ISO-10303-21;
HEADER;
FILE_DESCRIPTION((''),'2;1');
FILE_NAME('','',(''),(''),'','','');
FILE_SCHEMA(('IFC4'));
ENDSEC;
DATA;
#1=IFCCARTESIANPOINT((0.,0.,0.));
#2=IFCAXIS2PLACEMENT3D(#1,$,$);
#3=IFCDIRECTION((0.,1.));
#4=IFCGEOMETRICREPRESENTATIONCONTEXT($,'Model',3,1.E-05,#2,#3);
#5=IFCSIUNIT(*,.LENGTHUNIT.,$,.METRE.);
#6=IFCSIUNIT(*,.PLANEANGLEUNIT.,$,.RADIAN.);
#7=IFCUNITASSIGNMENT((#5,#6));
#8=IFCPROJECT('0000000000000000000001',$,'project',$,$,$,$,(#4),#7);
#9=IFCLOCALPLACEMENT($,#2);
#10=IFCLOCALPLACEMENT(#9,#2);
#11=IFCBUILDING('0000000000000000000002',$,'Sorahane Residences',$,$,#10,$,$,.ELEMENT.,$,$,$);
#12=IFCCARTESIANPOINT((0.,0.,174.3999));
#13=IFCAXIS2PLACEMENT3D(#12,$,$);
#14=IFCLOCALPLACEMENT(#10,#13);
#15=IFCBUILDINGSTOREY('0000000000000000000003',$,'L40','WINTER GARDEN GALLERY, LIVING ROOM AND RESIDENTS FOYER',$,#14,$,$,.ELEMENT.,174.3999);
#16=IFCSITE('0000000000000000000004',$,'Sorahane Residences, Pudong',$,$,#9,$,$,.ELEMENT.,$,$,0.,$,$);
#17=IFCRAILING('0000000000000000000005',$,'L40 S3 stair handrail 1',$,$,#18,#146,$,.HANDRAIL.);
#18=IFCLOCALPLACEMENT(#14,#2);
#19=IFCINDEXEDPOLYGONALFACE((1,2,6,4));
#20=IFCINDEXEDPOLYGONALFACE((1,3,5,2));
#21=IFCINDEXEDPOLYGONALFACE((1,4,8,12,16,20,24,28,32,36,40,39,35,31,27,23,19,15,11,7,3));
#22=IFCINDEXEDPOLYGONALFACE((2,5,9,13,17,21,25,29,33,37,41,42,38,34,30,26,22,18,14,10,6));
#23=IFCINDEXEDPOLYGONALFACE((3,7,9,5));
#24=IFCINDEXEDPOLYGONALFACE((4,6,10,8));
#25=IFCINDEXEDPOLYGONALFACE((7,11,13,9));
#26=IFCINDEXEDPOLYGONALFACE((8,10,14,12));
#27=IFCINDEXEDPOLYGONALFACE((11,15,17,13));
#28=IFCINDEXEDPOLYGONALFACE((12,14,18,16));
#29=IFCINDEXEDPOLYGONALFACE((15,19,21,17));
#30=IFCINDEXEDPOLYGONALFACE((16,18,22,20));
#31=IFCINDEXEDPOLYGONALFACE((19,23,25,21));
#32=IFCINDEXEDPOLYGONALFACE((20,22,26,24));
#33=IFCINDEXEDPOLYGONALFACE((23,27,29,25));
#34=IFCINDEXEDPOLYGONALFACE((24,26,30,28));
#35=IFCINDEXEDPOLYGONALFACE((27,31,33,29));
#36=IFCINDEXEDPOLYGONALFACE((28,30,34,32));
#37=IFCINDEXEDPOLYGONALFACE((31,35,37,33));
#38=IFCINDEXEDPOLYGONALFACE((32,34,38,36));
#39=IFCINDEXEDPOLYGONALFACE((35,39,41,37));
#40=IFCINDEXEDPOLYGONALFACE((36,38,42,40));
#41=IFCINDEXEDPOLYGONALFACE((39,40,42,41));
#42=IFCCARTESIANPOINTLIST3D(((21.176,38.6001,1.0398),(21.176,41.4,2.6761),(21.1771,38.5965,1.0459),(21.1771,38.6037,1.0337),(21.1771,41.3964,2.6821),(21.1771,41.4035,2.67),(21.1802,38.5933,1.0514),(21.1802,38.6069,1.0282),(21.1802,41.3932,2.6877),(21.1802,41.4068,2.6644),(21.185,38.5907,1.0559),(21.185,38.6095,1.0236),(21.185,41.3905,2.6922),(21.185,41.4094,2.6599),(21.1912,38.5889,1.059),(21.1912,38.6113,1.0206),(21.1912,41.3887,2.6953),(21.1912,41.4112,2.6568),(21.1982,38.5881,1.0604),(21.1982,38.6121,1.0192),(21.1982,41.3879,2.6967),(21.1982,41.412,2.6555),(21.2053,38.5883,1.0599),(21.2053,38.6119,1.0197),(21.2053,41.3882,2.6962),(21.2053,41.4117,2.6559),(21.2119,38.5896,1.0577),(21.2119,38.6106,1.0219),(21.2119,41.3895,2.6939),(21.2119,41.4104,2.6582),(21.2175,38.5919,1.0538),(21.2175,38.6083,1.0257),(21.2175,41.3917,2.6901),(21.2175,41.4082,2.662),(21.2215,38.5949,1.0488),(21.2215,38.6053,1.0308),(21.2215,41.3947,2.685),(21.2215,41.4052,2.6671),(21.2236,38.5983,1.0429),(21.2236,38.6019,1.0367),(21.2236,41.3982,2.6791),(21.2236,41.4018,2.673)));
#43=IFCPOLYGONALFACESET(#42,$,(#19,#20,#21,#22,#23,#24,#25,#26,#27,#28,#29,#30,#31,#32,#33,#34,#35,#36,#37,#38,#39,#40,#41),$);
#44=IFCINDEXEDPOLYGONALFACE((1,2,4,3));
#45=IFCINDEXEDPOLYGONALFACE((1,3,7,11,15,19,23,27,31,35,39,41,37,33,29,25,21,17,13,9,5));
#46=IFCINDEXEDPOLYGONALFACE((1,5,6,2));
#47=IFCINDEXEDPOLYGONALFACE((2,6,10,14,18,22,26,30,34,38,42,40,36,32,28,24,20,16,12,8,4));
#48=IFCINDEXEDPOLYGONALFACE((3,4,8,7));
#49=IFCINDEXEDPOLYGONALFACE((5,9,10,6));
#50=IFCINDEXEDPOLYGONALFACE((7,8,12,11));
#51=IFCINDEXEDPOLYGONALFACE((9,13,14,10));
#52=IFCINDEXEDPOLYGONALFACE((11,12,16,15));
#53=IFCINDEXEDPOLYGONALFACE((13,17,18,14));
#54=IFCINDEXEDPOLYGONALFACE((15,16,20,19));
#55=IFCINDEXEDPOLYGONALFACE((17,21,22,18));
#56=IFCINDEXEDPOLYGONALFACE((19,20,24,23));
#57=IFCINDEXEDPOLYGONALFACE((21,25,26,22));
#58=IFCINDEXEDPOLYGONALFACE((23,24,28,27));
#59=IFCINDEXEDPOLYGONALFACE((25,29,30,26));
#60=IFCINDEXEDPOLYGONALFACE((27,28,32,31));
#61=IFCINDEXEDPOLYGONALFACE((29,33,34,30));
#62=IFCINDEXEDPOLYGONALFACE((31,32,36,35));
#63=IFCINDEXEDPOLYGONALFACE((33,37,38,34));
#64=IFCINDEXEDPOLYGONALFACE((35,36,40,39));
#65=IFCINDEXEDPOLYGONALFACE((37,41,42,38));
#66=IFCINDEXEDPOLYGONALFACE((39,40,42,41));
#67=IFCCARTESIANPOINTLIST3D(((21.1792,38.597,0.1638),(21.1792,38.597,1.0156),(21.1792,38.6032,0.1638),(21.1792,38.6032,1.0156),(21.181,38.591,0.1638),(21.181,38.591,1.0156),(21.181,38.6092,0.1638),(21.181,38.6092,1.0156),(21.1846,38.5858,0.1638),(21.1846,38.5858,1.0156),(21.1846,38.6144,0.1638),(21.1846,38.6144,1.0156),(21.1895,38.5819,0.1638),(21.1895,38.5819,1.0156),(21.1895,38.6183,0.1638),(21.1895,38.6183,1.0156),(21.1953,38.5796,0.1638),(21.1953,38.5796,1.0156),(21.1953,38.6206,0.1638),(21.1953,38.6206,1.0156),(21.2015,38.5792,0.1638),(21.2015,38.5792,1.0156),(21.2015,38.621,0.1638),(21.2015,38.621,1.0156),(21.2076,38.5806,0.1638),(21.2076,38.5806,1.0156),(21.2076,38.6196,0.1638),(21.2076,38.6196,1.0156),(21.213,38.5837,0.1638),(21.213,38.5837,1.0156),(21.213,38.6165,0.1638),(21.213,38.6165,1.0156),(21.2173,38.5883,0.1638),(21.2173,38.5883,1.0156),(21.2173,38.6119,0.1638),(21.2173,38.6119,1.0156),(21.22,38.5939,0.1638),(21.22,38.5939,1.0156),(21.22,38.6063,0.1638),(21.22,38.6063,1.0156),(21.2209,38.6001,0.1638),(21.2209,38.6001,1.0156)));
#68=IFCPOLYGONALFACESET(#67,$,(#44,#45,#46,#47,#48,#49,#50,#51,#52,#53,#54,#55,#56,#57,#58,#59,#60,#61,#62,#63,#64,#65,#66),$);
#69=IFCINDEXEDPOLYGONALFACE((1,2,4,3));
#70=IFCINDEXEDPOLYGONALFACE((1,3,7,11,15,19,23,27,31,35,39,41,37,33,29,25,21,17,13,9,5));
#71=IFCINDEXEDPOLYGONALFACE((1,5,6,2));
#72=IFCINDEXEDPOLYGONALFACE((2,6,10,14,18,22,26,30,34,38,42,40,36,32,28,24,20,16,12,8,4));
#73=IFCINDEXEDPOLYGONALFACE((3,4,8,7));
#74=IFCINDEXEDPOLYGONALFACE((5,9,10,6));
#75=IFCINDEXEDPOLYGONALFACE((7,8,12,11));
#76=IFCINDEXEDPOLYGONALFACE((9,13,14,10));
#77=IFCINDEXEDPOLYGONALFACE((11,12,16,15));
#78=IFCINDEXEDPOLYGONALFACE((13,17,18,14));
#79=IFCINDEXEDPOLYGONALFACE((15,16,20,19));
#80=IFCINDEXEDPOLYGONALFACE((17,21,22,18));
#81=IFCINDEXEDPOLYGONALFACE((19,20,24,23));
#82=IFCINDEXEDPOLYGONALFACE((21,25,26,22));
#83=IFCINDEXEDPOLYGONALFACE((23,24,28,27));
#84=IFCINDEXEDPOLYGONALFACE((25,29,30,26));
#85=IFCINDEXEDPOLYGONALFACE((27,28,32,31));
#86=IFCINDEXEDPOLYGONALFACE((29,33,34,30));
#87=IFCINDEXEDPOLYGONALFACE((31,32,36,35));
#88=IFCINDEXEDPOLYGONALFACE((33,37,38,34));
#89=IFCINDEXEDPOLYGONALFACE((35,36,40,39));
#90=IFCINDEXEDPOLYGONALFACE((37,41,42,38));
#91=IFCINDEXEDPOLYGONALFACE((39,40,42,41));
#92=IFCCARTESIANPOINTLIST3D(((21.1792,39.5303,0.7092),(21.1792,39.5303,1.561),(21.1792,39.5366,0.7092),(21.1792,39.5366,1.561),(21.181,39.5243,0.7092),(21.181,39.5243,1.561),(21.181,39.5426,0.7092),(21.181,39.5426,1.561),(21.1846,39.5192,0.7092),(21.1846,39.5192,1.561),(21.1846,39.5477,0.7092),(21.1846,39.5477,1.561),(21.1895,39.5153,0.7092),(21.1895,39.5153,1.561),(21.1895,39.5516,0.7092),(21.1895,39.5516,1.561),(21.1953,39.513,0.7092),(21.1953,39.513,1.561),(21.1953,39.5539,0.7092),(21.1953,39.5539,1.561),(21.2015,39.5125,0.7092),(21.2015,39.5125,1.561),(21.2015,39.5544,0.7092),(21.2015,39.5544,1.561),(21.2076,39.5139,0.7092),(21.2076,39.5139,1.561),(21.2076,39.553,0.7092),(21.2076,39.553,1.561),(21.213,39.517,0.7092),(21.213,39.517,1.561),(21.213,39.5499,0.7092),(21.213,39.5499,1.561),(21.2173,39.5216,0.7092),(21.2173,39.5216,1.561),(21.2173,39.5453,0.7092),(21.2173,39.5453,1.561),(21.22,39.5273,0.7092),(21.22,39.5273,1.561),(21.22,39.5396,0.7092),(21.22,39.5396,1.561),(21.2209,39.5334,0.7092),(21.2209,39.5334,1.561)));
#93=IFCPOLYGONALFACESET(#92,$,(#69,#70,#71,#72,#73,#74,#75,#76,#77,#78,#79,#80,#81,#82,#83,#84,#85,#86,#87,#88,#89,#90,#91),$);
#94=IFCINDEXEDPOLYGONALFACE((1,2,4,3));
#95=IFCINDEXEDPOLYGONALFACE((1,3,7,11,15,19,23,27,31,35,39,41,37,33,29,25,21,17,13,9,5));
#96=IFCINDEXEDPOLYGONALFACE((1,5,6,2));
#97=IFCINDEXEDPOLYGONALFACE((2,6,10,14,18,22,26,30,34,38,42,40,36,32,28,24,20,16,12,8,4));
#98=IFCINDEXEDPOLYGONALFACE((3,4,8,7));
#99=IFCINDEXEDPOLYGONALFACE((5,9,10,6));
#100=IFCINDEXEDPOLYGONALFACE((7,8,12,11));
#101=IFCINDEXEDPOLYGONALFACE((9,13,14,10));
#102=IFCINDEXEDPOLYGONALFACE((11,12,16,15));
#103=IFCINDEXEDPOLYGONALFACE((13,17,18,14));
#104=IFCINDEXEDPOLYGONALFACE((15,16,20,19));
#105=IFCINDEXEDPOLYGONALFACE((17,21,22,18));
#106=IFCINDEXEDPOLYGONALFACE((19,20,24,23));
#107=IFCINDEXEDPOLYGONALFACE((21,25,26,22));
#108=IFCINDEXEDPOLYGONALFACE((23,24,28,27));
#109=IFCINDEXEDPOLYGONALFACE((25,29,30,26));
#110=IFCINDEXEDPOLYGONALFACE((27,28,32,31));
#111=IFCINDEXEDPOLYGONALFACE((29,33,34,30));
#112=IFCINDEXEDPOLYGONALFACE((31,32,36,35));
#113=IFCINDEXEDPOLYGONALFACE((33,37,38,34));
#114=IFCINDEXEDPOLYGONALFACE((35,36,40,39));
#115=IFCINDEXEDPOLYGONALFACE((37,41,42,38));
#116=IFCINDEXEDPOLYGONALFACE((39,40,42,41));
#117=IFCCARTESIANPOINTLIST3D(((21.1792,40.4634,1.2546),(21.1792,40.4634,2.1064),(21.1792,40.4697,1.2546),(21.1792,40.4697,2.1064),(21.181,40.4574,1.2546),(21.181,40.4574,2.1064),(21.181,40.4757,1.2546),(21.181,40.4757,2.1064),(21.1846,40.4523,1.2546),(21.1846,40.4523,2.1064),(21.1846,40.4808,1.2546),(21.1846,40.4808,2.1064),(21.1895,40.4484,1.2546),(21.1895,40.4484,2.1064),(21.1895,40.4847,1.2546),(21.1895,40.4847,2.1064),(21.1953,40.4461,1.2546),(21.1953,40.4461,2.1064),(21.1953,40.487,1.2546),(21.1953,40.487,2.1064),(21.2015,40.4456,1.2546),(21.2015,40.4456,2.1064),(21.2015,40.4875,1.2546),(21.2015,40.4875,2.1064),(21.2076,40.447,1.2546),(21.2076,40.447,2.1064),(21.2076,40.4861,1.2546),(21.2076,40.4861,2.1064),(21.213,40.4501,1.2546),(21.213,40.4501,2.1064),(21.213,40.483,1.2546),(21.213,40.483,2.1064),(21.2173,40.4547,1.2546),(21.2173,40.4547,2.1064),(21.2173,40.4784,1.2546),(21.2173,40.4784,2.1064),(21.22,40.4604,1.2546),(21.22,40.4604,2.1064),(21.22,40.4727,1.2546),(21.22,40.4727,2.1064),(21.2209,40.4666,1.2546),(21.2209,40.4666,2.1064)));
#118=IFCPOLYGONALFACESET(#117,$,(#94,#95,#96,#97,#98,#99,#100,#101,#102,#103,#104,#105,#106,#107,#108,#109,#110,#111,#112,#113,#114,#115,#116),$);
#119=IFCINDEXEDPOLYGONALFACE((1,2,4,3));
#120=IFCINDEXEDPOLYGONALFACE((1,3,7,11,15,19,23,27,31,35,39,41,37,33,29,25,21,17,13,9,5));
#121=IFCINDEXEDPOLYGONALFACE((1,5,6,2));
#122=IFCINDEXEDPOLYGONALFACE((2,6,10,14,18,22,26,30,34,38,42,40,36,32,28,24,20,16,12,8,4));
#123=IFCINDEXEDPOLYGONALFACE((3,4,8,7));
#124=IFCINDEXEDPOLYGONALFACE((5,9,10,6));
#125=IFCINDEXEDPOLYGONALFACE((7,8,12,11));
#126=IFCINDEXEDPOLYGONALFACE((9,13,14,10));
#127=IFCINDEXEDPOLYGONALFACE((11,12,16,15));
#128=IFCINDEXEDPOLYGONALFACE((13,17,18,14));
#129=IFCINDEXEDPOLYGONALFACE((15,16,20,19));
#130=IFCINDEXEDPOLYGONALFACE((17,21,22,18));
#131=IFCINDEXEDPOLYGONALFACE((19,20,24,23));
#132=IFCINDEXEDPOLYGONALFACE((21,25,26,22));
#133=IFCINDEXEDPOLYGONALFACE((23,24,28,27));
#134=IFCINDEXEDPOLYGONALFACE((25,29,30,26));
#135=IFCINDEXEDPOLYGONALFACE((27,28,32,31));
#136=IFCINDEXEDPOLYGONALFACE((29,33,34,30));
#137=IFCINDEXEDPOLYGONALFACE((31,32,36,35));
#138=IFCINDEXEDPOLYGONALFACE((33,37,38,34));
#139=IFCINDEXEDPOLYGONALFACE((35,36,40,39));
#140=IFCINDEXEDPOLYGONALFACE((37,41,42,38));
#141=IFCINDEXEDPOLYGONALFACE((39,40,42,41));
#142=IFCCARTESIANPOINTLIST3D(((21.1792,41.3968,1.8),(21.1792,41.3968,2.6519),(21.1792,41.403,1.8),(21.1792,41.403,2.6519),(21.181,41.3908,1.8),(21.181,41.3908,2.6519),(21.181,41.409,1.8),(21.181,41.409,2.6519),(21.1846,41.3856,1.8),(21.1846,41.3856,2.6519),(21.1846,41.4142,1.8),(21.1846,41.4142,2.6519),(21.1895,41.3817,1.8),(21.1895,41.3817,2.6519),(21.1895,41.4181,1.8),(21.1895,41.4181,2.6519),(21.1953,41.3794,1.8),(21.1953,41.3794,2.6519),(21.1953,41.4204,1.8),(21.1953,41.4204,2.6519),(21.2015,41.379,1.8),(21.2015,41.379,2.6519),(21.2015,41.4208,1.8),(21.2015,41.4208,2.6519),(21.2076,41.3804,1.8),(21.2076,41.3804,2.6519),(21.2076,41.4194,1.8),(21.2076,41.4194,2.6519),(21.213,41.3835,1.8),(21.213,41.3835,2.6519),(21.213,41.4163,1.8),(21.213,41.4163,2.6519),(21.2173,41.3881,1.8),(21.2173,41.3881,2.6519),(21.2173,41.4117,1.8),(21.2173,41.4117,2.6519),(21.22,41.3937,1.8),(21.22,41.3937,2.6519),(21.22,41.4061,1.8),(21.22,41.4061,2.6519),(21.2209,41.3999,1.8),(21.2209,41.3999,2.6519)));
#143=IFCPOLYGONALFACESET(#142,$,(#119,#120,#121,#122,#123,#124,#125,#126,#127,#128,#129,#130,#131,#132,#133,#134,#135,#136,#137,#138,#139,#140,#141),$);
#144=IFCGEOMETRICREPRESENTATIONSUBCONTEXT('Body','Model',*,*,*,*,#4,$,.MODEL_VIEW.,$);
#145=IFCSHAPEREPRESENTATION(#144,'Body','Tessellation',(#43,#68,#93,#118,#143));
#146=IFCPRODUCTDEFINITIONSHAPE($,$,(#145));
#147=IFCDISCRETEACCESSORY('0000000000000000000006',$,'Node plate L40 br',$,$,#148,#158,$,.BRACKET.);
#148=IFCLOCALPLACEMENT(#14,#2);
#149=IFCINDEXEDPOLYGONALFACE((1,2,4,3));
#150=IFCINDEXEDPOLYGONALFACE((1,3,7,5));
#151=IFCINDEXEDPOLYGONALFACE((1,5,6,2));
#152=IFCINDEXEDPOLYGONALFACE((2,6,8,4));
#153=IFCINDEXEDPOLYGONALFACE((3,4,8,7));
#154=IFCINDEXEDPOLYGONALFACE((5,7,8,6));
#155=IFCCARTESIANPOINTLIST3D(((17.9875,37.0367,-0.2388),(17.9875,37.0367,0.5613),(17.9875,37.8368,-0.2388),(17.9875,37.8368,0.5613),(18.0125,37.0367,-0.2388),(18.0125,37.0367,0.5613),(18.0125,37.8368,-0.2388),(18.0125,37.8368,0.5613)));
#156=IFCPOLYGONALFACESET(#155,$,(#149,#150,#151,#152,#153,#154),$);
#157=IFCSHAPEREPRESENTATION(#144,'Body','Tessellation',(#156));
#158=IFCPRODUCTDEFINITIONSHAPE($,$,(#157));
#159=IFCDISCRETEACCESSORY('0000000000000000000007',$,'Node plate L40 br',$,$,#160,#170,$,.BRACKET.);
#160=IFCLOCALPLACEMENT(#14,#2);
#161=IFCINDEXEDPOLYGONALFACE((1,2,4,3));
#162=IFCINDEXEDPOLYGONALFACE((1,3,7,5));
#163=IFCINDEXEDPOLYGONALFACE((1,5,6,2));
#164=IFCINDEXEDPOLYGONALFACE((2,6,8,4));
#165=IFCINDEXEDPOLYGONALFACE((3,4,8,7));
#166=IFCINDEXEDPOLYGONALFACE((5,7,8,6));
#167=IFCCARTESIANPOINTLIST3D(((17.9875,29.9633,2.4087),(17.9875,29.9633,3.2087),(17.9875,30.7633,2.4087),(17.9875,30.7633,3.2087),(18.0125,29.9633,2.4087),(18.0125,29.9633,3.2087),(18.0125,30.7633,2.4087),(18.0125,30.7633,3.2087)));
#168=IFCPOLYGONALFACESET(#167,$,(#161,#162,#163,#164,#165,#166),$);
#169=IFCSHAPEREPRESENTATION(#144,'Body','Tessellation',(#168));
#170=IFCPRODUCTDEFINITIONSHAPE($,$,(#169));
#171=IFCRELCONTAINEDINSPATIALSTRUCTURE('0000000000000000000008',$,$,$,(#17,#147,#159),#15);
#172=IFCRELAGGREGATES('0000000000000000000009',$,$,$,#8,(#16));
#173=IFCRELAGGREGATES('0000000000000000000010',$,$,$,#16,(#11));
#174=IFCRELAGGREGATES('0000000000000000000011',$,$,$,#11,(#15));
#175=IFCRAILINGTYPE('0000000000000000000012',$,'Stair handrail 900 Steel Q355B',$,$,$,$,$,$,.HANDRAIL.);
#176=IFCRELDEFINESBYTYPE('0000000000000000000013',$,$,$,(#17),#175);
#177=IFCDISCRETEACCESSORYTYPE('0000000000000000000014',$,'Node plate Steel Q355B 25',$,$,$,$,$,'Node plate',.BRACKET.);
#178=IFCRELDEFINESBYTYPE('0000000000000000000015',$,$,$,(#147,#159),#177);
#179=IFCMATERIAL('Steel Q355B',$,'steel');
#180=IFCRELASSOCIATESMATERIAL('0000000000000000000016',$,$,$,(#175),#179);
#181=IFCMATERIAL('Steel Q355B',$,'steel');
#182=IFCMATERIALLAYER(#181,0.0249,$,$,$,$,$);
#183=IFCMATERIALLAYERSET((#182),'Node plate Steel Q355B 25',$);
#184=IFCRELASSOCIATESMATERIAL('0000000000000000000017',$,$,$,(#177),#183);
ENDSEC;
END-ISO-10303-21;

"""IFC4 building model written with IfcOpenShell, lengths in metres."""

from ifc_helpers import new_model, si_unit, direction, frame, origin, origin_2d, place, context, subcontext, project, spatial, rectangle, circle, extrude, material, layer, layer_set, type_object, element, save


model = new_model("IFC4")

# Units and contexts
model_context = context("Model", 3, precision=1e-05, world=origin(), true_north=direction((0.0, 1.0)))
body_context = subcontext(model_context, "Body", "Model", "MODEL_VIEW")
ifc_project = project(units=[si_unit("LENGTHUNIT", "METRE"), si_unit("PLANEANGLEUNIT", "RADIAN")], contexts=[model_context])

# Site, building, storey
site_placement = place(None, origin())
site = spatial("IfcSite", under=ifc_project, at=site_placement, Name="Sorahane Residences, Pudong", CompositionType="ELEMENT", RefElevation=0.0)
building_placement = place(site_placement, origin())
building = spatial("IfcBuilding", under=site, at=building_placement, Name="Sorahane Residences", CompositionType="ELEMENT")
storey_placement = place(building_placement, frame((0.0, 0.0, 174.3999)))
storey = spatial("IfcBuildingStorey", under=building, at=storey_placement, Name="L40", Description="WINTER GARDEN GALLERY, LIVING ROOM AND RESIDENTS FOYER", CompositionType="ELEMENT", Elevation=174.3999)

# Railing
ifc_material_1 = material(Name="Steel Q355B", Category="steel")
railing_type_1 = type_object("IfcRailingType", Name="Stair handrail 900 Steel Q355B", PredefinedType="HANDRAIL", material=ifc_material_1)
for number, where, name in (
    (1, (21.2, 38.6001, 0.1638), "L40 S3 stair handrail 1"),
):
    element("IfcRailing", number, at=place(storey_placement, frame(where)), inside=storey, type_object=railing_type_1, Name=name, PredefinedType="HANDRAIL", context=body_context, shape_type="SweptSolid", body=[
        extrude(circle(Radius=0.0239, at=origin_2d()), frame((0.0, 0.0, 0.876), z_axis=(0.0, 0.863374, 0.504564), x_axis=(-1.0, 0.0, 0.0)), (0.0, 0.0, 1.0), 3.2429),
        extrude(circle(Radius=0.021, at=origin_2d()), origin(), (0.0, 0.0, 1.0), 0.8518),
        extrude(circle(Radius=0.021, at=origin_2d()), frame((0.0, 0.9333, 0.5454)), (0.0, 0.0, 1.0), 0.8518),
        extrude(circle(Radius=0.021, at=origin_2d()), frame((0.0, 1.8665, 1.0908)), (0.0, 0.0, 1.0), 0.8518),
        extrude(circle(Radius=0.021, at=origin_2d()), frame((0.0, 2.7998, 1.6362)), (0.0, 0.0, 1.0), 0.8518),
    ])

# Discrete accessories
ifc_material_2 = material(Name="Steel Q355B", Category="steel")
ifc_layer_1 = layer(ifc_material_2, 0.0249)
ifc_layer_set_1 = layer_set([ifc_layer_1], Name="Node plate Steel Q355B 25")
discrete_accessory_type = type_object("IfcDiscreteAccessoryType", Name="Node plate Steel Q355B 25", ElementType="Node plate", PredefinedType="BRACKET", material=ifc_layer_set_1)
for number, where, z_axis, x_axis, name in (
    (2, (18.0, 37.4368, -0.2388), (0.0, 0.0, 1.0), (0.0, 1.0, 0.0), "Node plate L40 br"),
    (3, (18.0, 30.3633, 2.4087), (0.0, 0.0, 1.0), (0.0, 1.0, 0.0), "Node plate L40 br"),
):
    element("IfcDiscreteAccessory", number, at=place(storey_placement, frame(where, z_axis=z_axis, x_axis=x_axis)), inside=storey, type_object=discrete_accessory_type, Name=name, PredefinedType="BRACKET", context=body_context, shape_type="SweptSolid", body=[
        extrude(rectangle(XDim=0.8, YDim=0.0249, at=origin_2d()), origin(), (0.0, 0.0, 1.0), 0.8),
    ])

save(model, "model.ifc")
